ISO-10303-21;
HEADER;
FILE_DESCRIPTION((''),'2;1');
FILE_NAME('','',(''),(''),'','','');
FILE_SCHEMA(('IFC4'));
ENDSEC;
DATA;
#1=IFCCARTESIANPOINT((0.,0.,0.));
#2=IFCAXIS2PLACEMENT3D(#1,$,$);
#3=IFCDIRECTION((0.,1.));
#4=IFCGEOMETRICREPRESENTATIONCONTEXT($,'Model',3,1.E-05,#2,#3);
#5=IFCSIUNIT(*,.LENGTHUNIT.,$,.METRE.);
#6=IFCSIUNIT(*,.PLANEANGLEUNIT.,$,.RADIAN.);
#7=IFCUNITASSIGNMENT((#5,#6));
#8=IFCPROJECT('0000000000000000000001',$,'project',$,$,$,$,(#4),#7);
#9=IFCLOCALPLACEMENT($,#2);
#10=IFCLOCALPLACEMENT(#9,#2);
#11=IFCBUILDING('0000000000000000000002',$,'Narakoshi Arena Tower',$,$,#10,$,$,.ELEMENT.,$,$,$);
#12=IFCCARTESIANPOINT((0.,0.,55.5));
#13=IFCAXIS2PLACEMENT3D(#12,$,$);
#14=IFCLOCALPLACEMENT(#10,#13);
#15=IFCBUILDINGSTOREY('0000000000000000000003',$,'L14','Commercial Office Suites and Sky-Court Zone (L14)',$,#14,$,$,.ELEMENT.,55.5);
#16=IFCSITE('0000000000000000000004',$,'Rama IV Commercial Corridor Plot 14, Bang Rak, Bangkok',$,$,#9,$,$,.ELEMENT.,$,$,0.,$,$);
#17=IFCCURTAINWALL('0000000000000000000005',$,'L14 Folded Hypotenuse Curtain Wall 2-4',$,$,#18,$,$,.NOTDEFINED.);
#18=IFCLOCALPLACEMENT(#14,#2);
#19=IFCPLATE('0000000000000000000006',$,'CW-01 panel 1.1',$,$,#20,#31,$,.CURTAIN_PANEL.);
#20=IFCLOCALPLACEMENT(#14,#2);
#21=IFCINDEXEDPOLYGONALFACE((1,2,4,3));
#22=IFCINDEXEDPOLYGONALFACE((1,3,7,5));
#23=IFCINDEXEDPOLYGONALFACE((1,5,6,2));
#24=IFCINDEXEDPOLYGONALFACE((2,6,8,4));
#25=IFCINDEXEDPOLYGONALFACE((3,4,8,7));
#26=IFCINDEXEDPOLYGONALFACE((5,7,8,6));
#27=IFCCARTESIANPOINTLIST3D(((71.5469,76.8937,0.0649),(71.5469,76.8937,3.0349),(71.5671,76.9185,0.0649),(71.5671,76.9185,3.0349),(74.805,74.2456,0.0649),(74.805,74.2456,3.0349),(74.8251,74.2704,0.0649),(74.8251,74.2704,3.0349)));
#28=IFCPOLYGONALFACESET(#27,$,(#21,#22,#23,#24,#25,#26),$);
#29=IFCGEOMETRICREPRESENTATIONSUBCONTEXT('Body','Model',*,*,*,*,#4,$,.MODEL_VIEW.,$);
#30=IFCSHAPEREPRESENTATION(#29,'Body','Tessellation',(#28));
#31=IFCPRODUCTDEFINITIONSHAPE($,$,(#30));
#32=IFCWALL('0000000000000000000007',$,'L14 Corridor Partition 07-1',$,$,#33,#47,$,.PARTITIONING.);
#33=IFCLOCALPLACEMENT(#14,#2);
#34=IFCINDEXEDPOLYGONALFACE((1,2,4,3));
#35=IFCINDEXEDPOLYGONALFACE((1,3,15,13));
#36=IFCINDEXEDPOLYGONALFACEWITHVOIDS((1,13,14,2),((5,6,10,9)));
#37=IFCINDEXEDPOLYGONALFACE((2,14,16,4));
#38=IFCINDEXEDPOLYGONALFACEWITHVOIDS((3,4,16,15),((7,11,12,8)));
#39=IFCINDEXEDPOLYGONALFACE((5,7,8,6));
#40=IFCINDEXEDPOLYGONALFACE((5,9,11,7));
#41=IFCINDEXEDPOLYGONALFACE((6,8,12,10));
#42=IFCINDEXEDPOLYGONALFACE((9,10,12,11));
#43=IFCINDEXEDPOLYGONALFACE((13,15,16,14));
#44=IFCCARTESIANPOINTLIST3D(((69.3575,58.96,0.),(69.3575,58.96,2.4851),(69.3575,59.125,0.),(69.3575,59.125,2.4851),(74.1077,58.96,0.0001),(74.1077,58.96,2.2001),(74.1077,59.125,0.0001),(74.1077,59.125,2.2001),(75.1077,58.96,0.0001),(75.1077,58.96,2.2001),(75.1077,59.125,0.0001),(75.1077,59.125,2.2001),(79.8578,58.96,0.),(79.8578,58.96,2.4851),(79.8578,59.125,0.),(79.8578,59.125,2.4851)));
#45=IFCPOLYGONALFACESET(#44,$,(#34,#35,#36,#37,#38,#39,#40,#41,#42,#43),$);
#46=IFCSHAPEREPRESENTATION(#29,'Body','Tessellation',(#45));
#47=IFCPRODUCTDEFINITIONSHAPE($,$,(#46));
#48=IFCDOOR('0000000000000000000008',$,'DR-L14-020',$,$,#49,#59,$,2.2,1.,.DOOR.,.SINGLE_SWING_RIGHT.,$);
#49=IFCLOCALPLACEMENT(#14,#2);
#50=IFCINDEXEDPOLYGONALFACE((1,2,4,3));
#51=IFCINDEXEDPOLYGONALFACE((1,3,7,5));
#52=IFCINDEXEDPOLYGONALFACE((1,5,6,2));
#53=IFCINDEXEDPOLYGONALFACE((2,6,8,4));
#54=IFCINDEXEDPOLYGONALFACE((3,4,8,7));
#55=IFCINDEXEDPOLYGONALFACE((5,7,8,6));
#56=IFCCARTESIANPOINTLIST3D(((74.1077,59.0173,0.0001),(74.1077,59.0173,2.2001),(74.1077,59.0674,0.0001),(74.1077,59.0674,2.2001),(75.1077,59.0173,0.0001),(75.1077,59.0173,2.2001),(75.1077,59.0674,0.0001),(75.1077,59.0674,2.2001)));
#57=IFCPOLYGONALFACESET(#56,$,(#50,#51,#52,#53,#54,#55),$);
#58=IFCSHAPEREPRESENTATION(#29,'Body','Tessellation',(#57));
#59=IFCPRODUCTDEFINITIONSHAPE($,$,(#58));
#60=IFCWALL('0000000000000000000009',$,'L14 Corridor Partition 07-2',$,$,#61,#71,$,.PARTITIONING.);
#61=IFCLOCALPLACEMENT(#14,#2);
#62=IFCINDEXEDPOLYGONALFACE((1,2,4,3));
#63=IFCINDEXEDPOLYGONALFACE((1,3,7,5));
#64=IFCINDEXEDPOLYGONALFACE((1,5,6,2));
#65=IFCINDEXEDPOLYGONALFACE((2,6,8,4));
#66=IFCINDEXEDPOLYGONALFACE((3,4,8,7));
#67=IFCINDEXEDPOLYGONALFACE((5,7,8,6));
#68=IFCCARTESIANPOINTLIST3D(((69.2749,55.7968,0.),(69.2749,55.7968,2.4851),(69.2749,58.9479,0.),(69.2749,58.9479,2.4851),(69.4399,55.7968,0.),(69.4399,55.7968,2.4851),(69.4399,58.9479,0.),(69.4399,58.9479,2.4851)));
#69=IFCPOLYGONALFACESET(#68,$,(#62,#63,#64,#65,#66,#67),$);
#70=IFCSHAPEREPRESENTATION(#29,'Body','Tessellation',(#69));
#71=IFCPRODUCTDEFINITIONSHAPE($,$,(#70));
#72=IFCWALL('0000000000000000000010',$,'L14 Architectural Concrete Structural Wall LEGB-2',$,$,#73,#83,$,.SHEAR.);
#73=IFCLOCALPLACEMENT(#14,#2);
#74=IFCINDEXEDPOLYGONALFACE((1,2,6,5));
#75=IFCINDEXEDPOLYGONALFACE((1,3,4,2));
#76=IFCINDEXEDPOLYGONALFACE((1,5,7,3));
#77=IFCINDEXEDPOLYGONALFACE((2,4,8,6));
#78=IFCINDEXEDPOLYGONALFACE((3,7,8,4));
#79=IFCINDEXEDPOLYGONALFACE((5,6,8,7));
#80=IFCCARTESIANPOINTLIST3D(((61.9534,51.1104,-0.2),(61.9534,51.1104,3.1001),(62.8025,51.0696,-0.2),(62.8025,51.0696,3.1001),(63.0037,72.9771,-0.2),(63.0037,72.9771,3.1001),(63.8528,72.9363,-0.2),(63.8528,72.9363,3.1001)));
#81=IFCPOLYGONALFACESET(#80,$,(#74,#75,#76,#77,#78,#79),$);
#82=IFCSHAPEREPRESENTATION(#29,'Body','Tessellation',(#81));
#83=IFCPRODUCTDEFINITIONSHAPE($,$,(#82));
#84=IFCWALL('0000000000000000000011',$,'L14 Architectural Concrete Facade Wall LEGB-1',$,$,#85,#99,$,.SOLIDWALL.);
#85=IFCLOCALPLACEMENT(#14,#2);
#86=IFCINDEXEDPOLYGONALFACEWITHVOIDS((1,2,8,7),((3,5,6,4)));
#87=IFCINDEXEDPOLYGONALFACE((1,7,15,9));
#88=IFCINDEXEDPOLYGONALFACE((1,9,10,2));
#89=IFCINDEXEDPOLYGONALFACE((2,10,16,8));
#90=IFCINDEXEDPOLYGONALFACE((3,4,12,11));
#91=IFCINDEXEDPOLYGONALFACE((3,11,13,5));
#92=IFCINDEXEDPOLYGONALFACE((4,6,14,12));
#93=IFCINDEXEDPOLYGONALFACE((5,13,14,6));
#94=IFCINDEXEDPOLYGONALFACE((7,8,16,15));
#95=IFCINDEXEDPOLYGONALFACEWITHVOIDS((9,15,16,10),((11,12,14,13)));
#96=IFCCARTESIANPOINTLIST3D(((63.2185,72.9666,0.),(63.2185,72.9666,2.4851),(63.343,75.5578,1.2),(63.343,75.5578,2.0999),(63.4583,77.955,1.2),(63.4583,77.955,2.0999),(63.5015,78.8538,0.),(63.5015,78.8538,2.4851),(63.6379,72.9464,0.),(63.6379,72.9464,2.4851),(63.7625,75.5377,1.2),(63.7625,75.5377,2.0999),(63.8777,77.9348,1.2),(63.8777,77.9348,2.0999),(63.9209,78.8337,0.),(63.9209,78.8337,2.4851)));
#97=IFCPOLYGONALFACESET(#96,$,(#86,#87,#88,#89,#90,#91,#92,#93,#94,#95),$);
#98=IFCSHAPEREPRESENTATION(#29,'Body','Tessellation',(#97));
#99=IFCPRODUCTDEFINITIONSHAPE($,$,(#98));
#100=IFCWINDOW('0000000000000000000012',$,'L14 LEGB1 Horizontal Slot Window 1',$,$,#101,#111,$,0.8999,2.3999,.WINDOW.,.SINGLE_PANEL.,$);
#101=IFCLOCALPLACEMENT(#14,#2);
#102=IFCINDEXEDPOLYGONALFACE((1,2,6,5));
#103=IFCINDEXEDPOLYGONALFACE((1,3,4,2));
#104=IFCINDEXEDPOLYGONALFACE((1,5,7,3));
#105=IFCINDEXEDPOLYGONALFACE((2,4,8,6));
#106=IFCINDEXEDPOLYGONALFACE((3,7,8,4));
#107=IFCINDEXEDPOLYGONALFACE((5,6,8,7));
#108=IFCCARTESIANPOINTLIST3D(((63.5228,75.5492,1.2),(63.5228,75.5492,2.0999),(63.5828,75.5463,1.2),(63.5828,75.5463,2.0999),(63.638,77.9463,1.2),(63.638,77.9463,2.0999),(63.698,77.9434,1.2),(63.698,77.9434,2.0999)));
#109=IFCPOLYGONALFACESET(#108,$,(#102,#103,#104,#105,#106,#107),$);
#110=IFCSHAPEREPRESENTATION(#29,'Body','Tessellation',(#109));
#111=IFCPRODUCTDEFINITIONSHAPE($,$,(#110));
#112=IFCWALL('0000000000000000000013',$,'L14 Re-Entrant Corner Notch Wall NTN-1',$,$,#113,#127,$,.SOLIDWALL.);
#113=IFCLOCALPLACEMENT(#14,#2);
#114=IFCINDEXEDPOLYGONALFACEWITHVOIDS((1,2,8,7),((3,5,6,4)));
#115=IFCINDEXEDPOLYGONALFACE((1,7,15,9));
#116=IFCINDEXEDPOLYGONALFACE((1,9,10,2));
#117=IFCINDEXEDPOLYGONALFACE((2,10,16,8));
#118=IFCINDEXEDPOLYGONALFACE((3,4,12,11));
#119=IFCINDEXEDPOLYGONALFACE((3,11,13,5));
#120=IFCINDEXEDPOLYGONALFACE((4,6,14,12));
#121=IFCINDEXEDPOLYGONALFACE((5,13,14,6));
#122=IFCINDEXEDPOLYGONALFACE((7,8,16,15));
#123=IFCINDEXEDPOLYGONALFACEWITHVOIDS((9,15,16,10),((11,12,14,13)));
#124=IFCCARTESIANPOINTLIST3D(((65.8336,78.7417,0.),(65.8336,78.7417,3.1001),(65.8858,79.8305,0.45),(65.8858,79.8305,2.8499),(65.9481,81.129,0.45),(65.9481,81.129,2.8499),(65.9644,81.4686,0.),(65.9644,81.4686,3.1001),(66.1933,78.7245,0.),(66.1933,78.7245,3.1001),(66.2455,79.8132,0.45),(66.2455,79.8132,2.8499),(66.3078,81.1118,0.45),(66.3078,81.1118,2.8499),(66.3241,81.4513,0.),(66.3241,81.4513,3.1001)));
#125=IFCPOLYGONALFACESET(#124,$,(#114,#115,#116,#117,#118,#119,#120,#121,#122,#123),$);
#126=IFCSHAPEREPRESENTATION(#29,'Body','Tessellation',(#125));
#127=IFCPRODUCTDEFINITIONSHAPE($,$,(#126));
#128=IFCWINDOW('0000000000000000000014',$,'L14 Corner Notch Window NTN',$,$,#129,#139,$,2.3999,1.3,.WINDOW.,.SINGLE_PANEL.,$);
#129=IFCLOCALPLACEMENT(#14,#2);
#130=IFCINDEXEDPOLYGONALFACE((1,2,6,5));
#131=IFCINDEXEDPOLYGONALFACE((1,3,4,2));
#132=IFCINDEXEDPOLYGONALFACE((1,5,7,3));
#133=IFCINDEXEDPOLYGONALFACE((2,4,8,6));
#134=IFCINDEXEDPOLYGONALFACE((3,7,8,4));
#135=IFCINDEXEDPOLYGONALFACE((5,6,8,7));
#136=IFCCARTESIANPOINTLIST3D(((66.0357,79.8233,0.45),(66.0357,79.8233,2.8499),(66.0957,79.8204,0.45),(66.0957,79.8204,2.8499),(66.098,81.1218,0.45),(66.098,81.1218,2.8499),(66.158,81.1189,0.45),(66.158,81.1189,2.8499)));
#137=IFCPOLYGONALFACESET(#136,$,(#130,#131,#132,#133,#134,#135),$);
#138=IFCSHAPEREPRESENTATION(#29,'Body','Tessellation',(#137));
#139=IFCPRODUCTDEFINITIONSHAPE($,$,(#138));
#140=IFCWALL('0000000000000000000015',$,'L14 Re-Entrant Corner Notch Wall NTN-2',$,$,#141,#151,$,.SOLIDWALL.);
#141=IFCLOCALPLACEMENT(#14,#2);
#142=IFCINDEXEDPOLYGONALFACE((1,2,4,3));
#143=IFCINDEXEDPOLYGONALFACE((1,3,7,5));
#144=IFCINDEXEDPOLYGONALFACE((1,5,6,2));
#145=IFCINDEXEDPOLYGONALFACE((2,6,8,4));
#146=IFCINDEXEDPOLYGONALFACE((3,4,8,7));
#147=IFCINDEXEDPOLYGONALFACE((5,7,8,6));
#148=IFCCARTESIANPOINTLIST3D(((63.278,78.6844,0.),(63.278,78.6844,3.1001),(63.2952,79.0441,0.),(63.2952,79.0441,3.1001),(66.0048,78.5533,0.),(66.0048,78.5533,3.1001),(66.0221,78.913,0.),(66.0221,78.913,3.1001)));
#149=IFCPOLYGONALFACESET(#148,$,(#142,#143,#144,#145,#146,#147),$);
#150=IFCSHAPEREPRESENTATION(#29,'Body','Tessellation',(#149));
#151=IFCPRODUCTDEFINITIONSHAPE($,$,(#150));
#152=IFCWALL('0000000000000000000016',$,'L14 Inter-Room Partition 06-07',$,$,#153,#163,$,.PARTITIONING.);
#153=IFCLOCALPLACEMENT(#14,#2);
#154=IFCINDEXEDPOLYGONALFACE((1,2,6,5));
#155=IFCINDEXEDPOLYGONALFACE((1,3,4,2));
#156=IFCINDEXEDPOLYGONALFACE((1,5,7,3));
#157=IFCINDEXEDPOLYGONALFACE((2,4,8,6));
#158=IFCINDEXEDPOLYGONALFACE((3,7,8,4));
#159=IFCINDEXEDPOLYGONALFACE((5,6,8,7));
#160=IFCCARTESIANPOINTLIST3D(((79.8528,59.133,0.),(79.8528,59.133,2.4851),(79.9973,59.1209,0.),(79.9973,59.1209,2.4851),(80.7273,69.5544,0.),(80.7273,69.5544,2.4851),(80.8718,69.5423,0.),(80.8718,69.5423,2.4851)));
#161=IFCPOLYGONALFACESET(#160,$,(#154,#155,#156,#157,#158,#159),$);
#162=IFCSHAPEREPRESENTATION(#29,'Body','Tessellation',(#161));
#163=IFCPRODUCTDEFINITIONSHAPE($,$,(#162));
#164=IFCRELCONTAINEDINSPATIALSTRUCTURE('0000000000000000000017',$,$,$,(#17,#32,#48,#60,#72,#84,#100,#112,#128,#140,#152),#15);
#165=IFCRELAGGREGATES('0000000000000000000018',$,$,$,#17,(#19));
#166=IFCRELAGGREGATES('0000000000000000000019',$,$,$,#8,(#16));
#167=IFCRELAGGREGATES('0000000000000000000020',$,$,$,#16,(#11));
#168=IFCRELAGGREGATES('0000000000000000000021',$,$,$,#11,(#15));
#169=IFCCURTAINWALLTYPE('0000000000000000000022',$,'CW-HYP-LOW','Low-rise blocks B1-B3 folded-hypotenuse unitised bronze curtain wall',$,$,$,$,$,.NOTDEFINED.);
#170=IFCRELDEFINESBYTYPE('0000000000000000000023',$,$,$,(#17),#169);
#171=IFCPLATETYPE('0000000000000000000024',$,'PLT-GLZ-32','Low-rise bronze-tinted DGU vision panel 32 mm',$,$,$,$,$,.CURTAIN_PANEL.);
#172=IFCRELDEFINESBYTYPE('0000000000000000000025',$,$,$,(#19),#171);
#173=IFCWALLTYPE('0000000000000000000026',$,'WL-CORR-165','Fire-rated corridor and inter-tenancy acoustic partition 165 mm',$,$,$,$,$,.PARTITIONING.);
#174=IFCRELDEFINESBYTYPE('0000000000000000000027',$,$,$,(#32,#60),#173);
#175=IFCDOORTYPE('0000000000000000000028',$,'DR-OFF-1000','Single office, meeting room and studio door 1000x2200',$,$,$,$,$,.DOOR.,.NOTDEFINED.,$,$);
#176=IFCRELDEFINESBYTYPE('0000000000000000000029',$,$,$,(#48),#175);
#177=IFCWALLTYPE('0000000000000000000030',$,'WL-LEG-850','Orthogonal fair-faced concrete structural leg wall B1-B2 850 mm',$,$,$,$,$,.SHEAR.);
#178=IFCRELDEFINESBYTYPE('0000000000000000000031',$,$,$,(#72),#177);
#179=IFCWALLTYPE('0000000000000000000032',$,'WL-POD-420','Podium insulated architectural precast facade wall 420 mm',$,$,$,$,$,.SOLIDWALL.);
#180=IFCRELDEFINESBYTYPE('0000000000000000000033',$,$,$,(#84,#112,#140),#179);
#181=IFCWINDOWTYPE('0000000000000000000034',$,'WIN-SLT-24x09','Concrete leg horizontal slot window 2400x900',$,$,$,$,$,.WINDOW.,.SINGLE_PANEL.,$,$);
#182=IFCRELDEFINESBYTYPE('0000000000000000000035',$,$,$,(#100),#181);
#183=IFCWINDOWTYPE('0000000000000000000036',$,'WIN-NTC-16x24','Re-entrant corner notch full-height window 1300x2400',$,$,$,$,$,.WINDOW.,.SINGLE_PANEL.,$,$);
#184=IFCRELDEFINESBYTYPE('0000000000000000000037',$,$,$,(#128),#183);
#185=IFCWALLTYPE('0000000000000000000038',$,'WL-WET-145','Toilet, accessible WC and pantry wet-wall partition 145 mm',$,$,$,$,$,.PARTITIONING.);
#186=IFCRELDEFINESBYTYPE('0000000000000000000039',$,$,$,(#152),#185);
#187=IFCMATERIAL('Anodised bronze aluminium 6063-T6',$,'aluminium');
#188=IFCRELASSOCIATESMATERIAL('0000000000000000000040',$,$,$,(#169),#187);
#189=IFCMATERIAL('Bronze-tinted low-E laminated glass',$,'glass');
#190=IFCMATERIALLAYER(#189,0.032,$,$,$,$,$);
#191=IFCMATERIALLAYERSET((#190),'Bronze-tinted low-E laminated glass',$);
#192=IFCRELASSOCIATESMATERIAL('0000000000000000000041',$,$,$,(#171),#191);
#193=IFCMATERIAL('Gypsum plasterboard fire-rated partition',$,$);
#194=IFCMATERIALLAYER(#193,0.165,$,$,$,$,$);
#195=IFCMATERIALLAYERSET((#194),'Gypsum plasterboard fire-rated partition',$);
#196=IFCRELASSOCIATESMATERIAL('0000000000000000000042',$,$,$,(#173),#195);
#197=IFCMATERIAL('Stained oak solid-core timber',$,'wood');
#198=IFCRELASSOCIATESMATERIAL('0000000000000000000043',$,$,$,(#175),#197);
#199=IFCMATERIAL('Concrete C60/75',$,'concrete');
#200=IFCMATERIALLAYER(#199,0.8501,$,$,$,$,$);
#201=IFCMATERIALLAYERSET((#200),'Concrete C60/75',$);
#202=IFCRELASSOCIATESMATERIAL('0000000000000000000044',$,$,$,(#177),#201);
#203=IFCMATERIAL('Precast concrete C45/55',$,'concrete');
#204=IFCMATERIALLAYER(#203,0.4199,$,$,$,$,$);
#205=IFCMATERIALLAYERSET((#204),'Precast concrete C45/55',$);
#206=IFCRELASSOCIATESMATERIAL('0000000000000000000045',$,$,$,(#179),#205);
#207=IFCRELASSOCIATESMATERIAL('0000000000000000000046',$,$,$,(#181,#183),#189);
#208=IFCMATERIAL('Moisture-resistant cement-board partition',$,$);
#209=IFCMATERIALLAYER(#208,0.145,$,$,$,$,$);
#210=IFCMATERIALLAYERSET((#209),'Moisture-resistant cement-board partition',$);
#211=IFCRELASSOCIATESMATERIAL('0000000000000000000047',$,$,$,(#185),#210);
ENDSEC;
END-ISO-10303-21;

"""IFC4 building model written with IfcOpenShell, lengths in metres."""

from ifc_helpers import new_model, si_unit, direction, frame, frame_2d, origin, origin_2d, place, context, subcontext, project, spatial, rectangle, extrude, material, layer, layer_set, type_object, element, fill, aggregate, save


model = new_model("IFC4")

# Units and contexts
model_context = context("Model", 3, precision=1e-05, world=origin(), true_north=direction((0.0, 1.0)))
body_context = subcontext(model_context, "Body", "Model", "MODEL_VIEW")
ifc_project = project(units=[si_unit("LENGTHUNIT", "METRE"), si_unit("PLANEANGLEUNIT", "RADIAN")], contexts=[model_context])

# Site, building, storey
site_placement = place(None, origin())
site = spatial("IfcSite", under=ifc_project, at=site_placement, Name="Rama IV Commercial Corridor Plot 14, Bang Rak, Bangkok", CompositionType="ELEMENT", RefElevation=0.0)
building_placement = place(site_placement, origin())
building = spatial("IfcBuilding", under=site, at=building_placement, Name="Narakoshi Arena Tower", CompositionType="ELEMENT")
storey_placement = place(building_placement, frame((0.0, 0.0, 55.5)))
storey = spatial("IfcBuildingStorey", under=building, at=storey_placement, Name="L14", Description="Commercial Office Suites and Sky-Court Zone (L14)", CompositionType="ELEMENT", Elevation=55.5)

# Shared definitions
ifc_material_1 = material(Name="Concrete C60/75", Category="concrete")

# Shared definitions
ifc_material_2 = material(Name="Anodised bronze aluminium 6063-T6", Category="aluminium")
curtain_wall_type = type_object("IfcCurtainWallType", Name="CW-HYP-LOW", Description="Low-rise blocks B1-B3 folded-hypotenuse unitised bronze curtain wall", PredefinedType="NOTDEFINED", material=ifc_material_2)

# Curtain wall
curtain_wall_1_placement = place(storey_placement, origin())
curtain_wall_1 = element("IfcCurtainWall", 1, at=curtain_wall_1_placement, inside=storey, type_object=curtain_wall_type, Name="L14 Folded Hypotenuse Curtain Wall 2-4", PredefinedType="NOTDEFINED")

# Plate
ifc_material_3 = material(Name="Bronze-tinted low-E laminated glass", Category="glass")
ifc_layer_1 = layer(ifc_material_3, 0.032)
ifc_layer_set_1 = layer_set([ifc_layer_1], Name="Bronze-tinted low-E laminated glass")
plate_type = type_object("IfcPlateType", Name="PLT-GLZ-32", Description="Low-rise bronze-tinted DGU vision panel 32 mm", PredefinedType="CURTAIN_PANEL", material=ifc_layer_set_1)
plate_1_placement = place(storey_placement, frame((73.186, 75.582, 0.0649), z_axis=(0.0, 0.0, 1.0), x_axis=(-0.775999, 0.630734, 0.0)))
plate_1 = element("IfcPlate", 2, at=plate_1_placement, type_object=plate_type, Name="CW-01 panel 1.1", PredefinedType="CURTAIN_PANEL", context=body_context, shape_type="SweptSolid", body=[
    extrude(rectangle(XDim=4.1985, YDim=0.032, at=origin_2d()), origin(), (0.0, 0.0, 1.0), 2.97),
])
aggregate(curtain_wall_1, [plate_1])

# Wall, opening, door
ifc_material_4 = material(Name="Gypsum plasterboard fire-rated partition")
ifc_layer_2 = layer(ifc_material_4, 0.165)
ifc_layer_set_2 = layer_set([ifc_layer_2], Name="Gypsum plasterboard fire-rated partition")
wall_type_1 = type_object("IfcWallType", Name="WL-CORR-165", Description="Fire-rated corridor and inter-tenancy acoustic partition 165 mm", PredefinedType="PARTITIONING", material=ifc_layer_set_2)
wall_1_placement = place(storey_placement, frame((79.8577, 59.0425, 0.0), z_axis=(0.0, 0.0, 1.0), x_axis=(-1.0, 0.0, 0.0)))
wall_1 = element("IfcWall", 3, at=wall_1_placement, inside=storey, type_object=wall_type_1, Name="L14 Corridor Partition 07-1", PredefinedType="PARTITIONING", context=body_context, shape_type="SweptSolid", body=[
    extrude(rectangle(XDim=10.5002, YDim=0.165, at=frame_2d((5.25, 0.0))), origin(), (0.0, 0.0, 1.0), 2.4851),
])
opening_1_placement = place(wall_1_placement, frame((4.75, 0.0, 0.0)))
opening_1 = element("IfcOpeningElement", 4, at=opening_1_placement, cuts=wall_1, PredefinedType="OPENING", context=body_context, shape_type="SweptSolid", body=[
    extrude(rectangle(XDim=1.0, YDim=2.2, at=frame_2d((0.5, 1.1001))), frame((0.0, 0.0925, 0.0), z_axis=(0.0, -1.0, 0.0), x_axis=(1.0, 0.0, 0.0)), (0.0, 0.0, 1.0), 0.1851),
])
ifc_material_5 = material(Name="Stained oak solid-core timber", Category="wood")
door_type = type_object("IfcDoorType", Name="DR-OFF-1000", Description="Single office, meeting room and studio door 1000x2200", OperationType="NOTDEFINED", PredefinedType="DOOR", material=ifc_material_5)
door_placement = place(opening_1_placement, frame((1.0, 0.0, 0.0), z_axis=(0.0, 0.0, 1.0), x_axis=(-1.0, 0.0, 0.0)))
door = element("IfcDoor", 5, at=door_placement, inside=storey, type_object=door_type, Name="DR-L14-020", OperationType="SINGLE_SWING_RIGHT", OverallHeight=2.2, OverallWidth=1.0, PredefinedType="DOOR", context=body_context, shape_type="SweptSolid", body=[
    extrude(rectangle(XDim=1.0, YDim=2.2, at=frame_2d((0.5, 1.1001))), frame((0.0, 0.0249, 0.0), z_axis=(0.0, -1.0, 0.0), x_axis=(1.0, 0.0, 0.0)), (0.0, 0.0, 1.0), 0.05),
])
fill(opening_1, door)

# Walls
wall_2_placement = place(storey_placement, frame((69.3574, 58.948, 0.0), z_axis=(0.0, 0.0, 1.0), x_axis=(0.0, -1.0, 0.0)))
element("IfcWall", 6, at=wall_2_placement, inside=storey, type_object=wall_type_1, Name="L14 Corridor Partition 07-2", PredefinedType="PARTITIONING", context=body_context, shape_type="SweptSolid", body=[
    extrude(rectangle(XDim=3.1511, YDim=0.165, at=frame_2d((1.5757, 0.0))), origin(), (0.0, 0.0, 1.0), 2.4851),
])
ifc_layer_3 = layer(ifc_material_1, 0.8501)
ifc_layer_set_3 = layer_set([ifc_layer_3], Name="Concrete C60/75")
wall_type_2 = type_object("IfcWallType", Name="WL-LEG-850", Description="Orthogonal fair-faced concrete structural leg wall B1-B2 850 mm", PredefinedType="SHEAR", material=ifc_layer_set_3)
wall_3_placement = place(storey_placement, frame((63.4282, 72.9565, -0.2), z_axis=(0.0, 0.0, 1.0), x_axis=(-0.047976, -0.998848, 0.0)))
element("IfcWall", 7, at=wall_3_placement, inside=storey, type_object=wall_type_2, Name="L14 Architectural Concrete Structural Wall LEGB-2", PredefinedType="SHEAR", context=body_context, shape_type="SweptSolid", body=[
    extrude(rectangle(XDim=21.8918, YDim=0.8501, at=frame_2d((10.9458, 0.0))), origin(), (0.0, 0.0, 1.0), 3.3),
])

# Walls, openings, windows
ifc_material_6 = material(Name="Precast concrete C45/55", Category="concrete")
ifc_layer_4 = layer(ifc_material_6, 0.4199)
ifc_layer_set_4 = layer_set([ifc_layer_4], Name="Precast concrete C45/55")
wall_type_3 = type_object("IfcWallType", Name="WL-POD-420", Description="Podium insulated architectural precast facade wall 420 mm", PredefinedType="SOLIDWALL", material=ifc_layer_set_4)
wall_4_placement = place(storey_placement, frame((63.7112, 78.8438, 0.0), z_axis=(0.0, 0.0, 1.0), x_axis=(-0.048008, -0.998847, 0.0)))
wall_4 = element("IfcWall", 8, at=wall_4_placement, inside=storey, type_object=wall_type_3, Name="L14 Architectural Concrete Facade Wall LEGB-1", PredefinedType="SOLIDWALL", context=body_context, shape_type="SweptSolid", body=[
    extrude(rectangle(XDim=5.894, YDim=0.4199, at=frame_2d((2.947, 0.0))), origin(), (0.0, 0.0, 1.0), 2.4851),
])
opening_2_placement = place(wall_4_placement, frame((0.8999, 0.0, 1.2)))
opening_2 = element("IfcOpeningElement", 9, at=opening_2_placement, cuts=wall_4, PredefinedType="OPENING", context=body_context, shape_type="SweptSolid", body=[
    extrude(rectangle(XDim=2.3999, YDim=0.8999, at=frame_2d((1.2, 0.45))), frame((0.0, 0.22, 0.0), z_axis=(0.0, -1.0, 0.0), x_axis=(1.0, 0.0, 0.0)), (0.0, 0.0, 1.0), 0.4399),
])
window_type_1 = type_object("IfcWindowType", Name="WIN-SLT-24x09", Description="Concrete leg horizontal slot window 2400x900", PartitioningType="SINGLE_PANEL", PredefinedType="WINDOW", material=ifc_material_3)
window_1_placement = place(opening_2_placement, origin())
window_1 = element("IfcWindow", 10, at=window_1_placement, inside=storey, type_object=window_type_1, Name="L14 LEGB1 Horizontal Slot Window 1", OverallHeight=0.8999, OverallWidth=2.3999, PartitioningType="SINGLE_PANEL", PredefinedType="WINDOW", context=body_context, shape_type="SweptSolid", body=[
    extrude(rectangle(XDim=2.3999, YDim=0.8999, at=frame_2d((1.2, 0.45))), frame((0.0, 0.03, 0.0), z_axis=(0.0, -1.0, 0.0), x_axis=(1.0, 0.0, 0.0)), (0.0, 0.0, 1.0), 0.0601),
])
fill(opening_2, window_1)
wall_5_placement = place(storey_placement, frame((66.1443, 81.46, 0.0), z_axis=(0.0, 0.0, 1.0), x_axis=(-0.047935, -0.99885, 0.0)))
wall_5 = element("IfcWall", 11, at=wall_5_placement, inside=storey, type_object=wall_type_3, Name="L14 Re-Entrant Corner Notch Wall NTN-1", PredefinedType="SOLIDWALL", context=body_context, shape_type="SweptSolid", body=[
    extrude(rectangle(XDim=2.73, YDim=0.3601, at=frame_2d((1.365, 0.0))), origin(), (0.0, 0.0, 1.0), 3.1001),
])
opening_3_placement = place(wall_5_placement, frame((0.3401, 0.0, 0.45)))
opening_3 = element("IfcOpeningElement", 12, at=opening_3_placement, cuts=wall_5, PredefinedType="OPENING", context=body_context, shape_type="SweptSolid", body=[
    extrude(rectangle(XDim=1.3, YDim=2.3999, at=frame_2d((0.6499, 1.2))), frame((0.0, 0.1899, 0.0), z_axis=(0.0, -1.0, 0.0), x_axis=(1.0, 0.0, 0.0)), (0.0, 0.0, 1.0), 0.3801),
])
window_type_2 = type_object("IfcWindowType", Name="WIN-NTC-16x24", Description="Re-entrant corner notch full-height window 1300x2400", PartitioningType="SINGLE_PANEL", PredefinedType="WINDOW", material=ifc_material_3)
window_2_placement = place(opening_3_placement, origin())
window_2 = element("IfcWindow", 13, at=window_2_placement, inside=storey, type_object=window_type_2, Name="L14 Corner Notch Window NTN", OverallHeight=2.3999, OverallWidth=1.3, PartitioningType="SINGLE_PANEL", PredefinedType="WINDOW", context=body_context, shape_type="SweptSolid", body=[
    extrude(rectangle(XDim=1.3, YDim=2.3999, at=frame_2d((0.6499, 1.2))), frame((0.0, 0.03, 0.0), z_axis=(0.0, -1.0, 0.0), x_axis=(1.0, 0.0, 0.0)), (0.0, 0.0, 1.0), 0.0601),
])
fill(opening_3, window_2)

# Walls
wall_6_placement = place(storey_placement, frame((66.0134, 78.7332, 0.0), z_axis=(0.0, 0.0, 1.0), x_axis=(-0.998846, 0.048024, 0.0)))
element("IfcWall", 14, at=wall_6_placement, inside=storey, type_object=wall_type_3, Name="L14 Re-Entrant Corner Notch Wall NTN-2", PredefinedType="SOLIDWALL", context=body_context, shape_type="SweptSolid", body=[
    extrude(rectangle(XDim=2.73, YDim=0.3601, at=frame_2d((1.365, 0.0))), origin(), (0.0, 0.0, 1.0), 3.1001),
])
ifc_material_7 = material(Name="Moisture-resistant cement-board partition")
ifc_layer_5 = layer(ifc_material_7, 0.145)
ifc_layer_set_5 = layer_set([ifc_layer_5], Name="Moisture-resistant cement-board partition")
wall_type_4 = type_object("IfcWallType", Name="WL-WET-145", Description="Toilet, accessible WC and pantry wet-wall partition 145 mm", PredefinedType="PARTITIONING", material=ifc_layer_set_5)
wall_7_placement = place(storey_placement, frame((79.925, 59.127, 0.0), z_axis=(0.0, 0.0, 1.0), x_axis=(0.083621, 0.996498, 0.0)))
element("IfcWall", 15, at=wall_7_placement, inside=storey, type_object=wall_type_4, Name="L14 Inter-Room Partition 06-07", PredefinedType="PARTITIONING", context=body_context, shape_type="SweptSolid", body=[
    extrude(rectangle(XDim=10.458, YDim=0.145, at=frame_2d((5.229, 0.0))), origin(), (0.0, 0.0, 1.0), 2.4851),
])

save(model, "model.ifc")
